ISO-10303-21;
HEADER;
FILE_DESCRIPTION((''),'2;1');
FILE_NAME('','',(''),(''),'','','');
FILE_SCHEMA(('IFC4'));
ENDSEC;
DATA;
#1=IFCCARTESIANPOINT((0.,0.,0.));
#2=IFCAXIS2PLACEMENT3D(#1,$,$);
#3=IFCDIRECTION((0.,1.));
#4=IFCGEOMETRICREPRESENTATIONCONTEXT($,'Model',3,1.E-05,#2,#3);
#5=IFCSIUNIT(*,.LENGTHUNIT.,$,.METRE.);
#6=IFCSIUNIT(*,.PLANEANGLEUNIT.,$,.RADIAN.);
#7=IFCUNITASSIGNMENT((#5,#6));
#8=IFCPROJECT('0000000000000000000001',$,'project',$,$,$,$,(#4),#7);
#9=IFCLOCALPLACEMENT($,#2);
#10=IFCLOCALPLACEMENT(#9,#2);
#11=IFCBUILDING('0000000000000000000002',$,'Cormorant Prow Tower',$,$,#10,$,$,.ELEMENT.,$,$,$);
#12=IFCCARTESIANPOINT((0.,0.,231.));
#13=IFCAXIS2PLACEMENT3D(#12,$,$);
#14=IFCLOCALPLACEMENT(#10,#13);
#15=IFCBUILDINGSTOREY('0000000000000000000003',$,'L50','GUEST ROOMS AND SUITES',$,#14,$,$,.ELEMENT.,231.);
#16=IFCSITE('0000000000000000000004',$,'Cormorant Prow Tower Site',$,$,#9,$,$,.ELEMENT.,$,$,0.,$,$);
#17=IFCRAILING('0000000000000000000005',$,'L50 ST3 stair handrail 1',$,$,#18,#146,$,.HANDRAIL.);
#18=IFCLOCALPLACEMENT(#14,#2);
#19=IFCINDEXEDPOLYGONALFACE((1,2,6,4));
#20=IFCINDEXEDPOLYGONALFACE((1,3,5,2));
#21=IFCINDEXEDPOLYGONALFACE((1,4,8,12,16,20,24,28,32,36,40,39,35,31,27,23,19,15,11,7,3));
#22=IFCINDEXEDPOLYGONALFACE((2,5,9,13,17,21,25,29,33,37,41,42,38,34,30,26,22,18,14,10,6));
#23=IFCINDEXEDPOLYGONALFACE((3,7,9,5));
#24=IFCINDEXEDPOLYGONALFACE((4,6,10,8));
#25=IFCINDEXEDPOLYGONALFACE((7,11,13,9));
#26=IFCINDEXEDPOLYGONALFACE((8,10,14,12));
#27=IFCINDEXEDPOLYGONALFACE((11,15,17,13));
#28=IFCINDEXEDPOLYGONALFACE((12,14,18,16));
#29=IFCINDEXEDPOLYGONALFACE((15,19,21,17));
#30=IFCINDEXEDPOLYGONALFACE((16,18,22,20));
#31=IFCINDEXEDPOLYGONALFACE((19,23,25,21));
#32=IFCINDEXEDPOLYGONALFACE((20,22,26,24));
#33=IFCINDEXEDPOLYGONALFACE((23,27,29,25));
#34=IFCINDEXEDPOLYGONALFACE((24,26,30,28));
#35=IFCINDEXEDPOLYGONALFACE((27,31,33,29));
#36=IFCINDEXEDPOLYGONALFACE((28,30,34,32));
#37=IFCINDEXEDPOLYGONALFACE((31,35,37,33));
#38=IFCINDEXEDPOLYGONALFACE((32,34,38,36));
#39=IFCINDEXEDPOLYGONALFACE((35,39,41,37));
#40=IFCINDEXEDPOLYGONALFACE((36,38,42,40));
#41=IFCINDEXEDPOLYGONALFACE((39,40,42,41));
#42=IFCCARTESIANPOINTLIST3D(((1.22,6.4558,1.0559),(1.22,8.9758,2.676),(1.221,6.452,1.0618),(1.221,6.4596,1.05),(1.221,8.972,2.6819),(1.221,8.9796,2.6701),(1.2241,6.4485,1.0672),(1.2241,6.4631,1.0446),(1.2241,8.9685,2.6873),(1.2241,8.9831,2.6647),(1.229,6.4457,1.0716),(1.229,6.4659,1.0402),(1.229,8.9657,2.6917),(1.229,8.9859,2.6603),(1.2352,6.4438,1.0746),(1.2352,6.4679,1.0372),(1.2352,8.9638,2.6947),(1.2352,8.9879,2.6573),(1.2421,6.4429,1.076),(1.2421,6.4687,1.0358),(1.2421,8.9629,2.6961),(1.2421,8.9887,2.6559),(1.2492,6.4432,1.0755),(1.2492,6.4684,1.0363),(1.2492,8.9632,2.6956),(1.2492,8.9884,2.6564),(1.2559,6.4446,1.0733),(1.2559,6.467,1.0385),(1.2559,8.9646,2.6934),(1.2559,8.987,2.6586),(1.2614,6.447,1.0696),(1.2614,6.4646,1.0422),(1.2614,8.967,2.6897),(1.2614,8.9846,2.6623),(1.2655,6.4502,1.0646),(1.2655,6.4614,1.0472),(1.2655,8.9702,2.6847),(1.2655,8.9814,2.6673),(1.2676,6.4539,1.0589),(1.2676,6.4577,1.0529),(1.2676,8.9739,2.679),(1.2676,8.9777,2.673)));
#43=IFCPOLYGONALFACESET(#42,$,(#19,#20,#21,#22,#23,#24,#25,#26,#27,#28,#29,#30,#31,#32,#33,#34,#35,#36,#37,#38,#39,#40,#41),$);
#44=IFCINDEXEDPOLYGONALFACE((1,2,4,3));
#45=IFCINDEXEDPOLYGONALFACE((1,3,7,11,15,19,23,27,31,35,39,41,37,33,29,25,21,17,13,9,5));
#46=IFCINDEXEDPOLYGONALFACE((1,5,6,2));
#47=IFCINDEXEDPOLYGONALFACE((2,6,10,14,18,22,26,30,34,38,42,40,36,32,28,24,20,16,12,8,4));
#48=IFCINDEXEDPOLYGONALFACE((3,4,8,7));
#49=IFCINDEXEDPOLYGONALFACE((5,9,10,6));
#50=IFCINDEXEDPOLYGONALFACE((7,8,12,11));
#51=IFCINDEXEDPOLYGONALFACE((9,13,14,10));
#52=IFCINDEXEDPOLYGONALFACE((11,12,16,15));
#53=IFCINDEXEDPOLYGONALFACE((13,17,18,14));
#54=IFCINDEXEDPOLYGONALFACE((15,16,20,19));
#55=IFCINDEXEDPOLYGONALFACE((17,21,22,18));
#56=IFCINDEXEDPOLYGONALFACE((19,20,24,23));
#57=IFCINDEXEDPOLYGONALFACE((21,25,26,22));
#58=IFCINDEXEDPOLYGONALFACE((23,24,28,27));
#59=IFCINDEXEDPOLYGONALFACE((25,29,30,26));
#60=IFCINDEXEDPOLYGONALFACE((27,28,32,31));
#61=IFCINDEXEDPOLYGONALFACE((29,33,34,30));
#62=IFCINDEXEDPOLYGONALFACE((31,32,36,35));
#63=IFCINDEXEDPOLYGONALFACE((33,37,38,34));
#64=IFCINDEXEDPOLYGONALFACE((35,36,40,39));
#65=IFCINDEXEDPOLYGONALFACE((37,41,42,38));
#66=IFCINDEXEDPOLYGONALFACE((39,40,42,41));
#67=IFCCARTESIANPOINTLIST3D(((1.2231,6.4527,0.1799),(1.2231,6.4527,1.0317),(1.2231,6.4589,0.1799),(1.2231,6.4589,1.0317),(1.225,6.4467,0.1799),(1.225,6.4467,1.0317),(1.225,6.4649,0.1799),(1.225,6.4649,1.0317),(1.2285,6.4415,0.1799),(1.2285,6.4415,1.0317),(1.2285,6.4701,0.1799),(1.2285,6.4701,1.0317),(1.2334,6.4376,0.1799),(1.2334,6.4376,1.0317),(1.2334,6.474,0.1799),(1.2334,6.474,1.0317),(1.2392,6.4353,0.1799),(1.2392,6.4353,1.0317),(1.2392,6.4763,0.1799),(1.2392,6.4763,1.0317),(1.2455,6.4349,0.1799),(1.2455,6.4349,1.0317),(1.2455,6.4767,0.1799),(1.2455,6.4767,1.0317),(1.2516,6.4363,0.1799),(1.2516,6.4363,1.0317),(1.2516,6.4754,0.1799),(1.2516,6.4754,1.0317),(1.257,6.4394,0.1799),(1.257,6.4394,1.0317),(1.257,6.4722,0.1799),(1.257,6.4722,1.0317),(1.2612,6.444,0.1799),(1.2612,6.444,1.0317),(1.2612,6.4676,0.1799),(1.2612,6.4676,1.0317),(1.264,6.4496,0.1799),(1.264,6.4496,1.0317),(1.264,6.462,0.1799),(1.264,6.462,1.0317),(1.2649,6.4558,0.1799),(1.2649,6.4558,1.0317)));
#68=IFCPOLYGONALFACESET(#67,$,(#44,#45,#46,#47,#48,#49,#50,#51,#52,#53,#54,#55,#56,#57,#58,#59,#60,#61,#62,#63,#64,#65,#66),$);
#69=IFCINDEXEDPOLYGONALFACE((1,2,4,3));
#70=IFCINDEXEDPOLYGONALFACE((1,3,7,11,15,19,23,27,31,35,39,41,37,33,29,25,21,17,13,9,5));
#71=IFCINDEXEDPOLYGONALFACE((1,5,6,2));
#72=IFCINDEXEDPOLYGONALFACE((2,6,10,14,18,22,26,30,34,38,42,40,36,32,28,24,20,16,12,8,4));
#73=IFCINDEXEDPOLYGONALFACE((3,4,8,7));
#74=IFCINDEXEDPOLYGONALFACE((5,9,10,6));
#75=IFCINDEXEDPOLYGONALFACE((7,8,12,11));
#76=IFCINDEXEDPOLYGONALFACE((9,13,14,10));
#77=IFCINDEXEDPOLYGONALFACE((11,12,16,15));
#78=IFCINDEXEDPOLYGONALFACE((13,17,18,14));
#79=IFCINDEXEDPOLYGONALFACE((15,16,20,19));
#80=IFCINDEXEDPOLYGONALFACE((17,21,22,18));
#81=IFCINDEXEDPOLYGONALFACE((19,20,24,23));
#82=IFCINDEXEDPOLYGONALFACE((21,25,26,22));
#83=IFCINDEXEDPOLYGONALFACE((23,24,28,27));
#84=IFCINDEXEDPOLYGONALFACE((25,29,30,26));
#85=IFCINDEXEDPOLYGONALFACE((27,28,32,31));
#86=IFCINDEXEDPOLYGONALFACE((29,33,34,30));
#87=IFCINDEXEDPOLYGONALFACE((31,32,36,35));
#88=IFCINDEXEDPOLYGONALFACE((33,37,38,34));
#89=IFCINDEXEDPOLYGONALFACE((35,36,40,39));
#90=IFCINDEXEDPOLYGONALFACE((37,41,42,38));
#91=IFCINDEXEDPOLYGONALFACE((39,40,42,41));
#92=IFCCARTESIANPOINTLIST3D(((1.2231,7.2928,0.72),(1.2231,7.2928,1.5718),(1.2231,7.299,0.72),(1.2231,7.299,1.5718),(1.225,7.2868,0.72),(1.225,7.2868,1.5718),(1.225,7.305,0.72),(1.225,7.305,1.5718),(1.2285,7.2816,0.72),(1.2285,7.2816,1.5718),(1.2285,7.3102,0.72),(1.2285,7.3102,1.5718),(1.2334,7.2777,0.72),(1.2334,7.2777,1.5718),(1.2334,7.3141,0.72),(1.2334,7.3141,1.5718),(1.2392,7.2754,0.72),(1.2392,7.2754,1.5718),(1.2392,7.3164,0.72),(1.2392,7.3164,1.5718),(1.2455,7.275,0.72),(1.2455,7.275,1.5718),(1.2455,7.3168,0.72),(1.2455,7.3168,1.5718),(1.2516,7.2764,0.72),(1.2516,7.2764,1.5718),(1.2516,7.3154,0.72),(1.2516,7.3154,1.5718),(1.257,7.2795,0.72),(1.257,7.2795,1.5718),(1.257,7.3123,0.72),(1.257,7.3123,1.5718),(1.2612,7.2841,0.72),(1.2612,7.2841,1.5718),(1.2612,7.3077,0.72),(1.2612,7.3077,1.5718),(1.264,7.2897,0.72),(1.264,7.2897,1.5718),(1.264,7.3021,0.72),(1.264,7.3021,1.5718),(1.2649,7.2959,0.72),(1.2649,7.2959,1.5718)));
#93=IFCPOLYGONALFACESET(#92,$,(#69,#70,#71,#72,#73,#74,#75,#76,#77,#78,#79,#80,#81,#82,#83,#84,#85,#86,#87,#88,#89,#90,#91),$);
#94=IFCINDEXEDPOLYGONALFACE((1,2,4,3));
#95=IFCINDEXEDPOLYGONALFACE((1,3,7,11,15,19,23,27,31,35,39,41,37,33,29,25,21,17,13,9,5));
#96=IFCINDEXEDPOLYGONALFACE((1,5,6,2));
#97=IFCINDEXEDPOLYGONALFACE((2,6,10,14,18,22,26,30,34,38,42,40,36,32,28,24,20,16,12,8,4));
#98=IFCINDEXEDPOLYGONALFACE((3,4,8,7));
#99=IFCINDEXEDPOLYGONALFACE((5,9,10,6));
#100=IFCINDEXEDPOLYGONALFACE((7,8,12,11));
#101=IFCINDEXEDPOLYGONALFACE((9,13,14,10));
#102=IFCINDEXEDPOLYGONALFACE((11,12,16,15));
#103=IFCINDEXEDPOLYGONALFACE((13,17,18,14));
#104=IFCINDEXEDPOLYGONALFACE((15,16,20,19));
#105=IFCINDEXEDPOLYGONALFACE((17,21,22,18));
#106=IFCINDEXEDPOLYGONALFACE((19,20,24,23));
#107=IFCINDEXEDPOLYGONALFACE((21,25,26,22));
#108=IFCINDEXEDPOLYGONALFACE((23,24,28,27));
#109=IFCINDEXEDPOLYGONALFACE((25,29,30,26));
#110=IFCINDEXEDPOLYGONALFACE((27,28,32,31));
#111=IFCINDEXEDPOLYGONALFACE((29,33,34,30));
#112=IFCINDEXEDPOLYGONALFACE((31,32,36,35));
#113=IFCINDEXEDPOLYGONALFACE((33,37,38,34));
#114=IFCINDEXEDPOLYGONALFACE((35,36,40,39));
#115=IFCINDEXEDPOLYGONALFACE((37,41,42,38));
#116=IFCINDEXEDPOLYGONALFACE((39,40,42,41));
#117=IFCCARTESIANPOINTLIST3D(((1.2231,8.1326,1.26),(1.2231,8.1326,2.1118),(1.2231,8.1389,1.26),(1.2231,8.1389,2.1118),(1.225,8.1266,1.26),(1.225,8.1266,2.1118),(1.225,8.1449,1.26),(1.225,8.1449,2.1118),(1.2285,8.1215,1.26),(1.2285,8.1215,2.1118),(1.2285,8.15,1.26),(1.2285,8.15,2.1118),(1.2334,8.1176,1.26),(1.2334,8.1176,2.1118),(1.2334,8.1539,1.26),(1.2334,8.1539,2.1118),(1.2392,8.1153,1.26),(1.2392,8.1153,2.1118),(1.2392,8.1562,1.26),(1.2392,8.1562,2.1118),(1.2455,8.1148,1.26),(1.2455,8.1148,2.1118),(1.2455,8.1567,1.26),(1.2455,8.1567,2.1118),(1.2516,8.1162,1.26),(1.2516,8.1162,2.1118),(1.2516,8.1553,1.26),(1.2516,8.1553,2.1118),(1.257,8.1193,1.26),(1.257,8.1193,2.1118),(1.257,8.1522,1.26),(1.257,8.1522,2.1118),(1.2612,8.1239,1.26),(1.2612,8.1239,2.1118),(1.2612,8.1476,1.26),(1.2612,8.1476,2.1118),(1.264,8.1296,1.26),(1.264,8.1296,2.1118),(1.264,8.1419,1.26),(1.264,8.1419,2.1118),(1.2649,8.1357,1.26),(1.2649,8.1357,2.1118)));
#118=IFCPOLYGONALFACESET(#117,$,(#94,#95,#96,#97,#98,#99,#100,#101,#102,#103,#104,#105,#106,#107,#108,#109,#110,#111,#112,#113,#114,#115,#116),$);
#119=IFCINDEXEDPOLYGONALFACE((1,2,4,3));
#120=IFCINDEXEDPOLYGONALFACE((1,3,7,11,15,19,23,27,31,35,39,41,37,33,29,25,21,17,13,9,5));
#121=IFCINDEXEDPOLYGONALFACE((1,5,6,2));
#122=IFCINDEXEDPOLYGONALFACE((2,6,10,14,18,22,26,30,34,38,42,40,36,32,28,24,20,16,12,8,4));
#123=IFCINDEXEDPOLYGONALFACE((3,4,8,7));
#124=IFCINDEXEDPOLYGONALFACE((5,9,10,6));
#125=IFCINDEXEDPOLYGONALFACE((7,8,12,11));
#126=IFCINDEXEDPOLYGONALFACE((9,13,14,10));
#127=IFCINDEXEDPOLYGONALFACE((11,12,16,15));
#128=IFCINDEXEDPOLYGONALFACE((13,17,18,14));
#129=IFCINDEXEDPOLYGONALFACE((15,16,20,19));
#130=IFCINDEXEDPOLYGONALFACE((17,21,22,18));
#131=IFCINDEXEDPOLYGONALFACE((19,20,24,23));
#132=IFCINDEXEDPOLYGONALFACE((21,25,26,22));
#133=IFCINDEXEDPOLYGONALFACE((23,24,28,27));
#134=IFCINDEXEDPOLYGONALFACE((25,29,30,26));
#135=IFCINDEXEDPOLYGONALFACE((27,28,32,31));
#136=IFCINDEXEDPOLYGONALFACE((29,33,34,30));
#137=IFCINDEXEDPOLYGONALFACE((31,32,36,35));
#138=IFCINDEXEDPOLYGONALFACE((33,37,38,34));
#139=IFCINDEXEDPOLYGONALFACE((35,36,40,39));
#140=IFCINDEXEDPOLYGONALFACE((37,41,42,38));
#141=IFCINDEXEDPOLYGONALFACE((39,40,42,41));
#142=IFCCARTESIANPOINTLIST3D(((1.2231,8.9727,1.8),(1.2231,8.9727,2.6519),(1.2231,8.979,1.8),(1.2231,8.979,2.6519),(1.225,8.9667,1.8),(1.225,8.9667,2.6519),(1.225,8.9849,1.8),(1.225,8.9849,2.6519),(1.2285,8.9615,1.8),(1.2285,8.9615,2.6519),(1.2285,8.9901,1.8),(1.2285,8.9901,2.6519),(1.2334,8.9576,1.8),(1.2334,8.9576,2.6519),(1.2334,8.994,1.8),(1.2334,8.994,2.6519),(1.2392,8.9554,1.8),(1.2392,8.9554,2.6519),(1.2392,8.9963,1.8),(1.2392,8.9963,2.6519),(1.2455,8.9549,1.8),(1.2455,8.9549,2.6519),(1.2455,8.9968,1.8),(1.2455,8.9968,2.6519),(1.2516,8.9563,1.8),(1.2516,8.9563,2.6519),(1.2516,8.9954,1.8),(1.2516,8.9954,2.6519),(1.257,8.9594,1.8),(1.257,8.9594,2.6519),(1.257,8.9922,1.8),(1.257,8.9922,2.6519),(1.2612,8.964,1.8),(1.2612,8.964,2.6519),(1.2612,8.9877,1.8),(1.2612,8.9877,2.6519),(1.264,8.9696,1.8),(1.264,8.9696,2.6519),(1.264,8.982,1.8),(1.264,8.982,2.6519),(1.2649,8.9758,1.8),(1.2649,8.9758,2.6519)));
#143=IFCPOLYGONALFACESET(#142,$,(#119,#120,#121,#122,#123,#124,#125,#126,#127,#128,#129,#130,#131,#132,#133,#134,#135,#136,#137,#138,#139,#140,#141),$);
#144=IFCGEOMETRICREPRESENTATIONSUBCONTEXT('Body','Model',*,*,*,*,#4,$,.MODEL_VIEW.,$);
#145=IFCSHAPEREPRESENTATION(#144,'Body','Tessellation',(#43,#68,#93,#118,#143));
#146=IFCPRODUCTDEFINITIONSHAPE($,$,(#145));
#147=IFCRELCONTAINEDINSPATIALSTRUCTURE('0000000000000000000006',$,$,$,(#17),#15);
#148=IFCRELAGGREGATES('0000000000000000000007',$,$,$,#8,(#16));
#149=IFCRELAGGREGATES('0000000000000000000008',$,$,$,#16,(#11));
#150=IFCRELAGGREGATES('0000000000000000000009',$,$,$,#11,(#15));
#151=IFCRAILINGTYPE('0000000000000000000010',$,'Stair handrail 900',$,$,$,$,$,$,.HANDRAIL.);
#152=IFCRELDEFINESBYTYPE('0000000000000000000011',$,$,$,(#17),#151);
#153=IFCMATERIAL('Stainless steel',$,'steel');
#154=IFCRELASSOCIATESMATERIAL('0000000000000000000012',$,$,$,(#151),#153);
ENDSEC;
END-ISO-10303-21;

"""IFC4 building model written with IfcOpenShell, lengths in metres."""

from ifc_helpers import new_model, si_unit, direction, frame, origin, origin_2d, place, context, subcontext, project, spatial, circle, extrude, material, type_object, element, save


model = new_model("IFC4")

# Units and contexts
model_context = context("Model", 3, precision=1e-05, world=origin(), true_north=direction((0.0, 1.0)))
body_context = subcontext(model_context, "Body", "Model", "MODEL_VIEW")
ifc_project = project(units=[si_unit("LENGTHUNIT", "METRE"), si_unit("PLANEANGLEUNIT", "RADIAN")], contexts=[model_context])

# Site, building, storey
site_placement = place(None, origin())
site = spatial("IfcSite", under=ifc_project, at=site_placement, Name="Cormorant Prow Tower Site", CompositionType="ELEMENT", RefElevation=0.0)
building_placement = place(site_placement, origin())
building = spatial("IfcBuilding", under=site, at=building_placement, Name="Cormorant Prow Tower", CompositionType="ELEMENT")
storey_placement = place(building_placement, frame((0.0, 0.0, 231.0)))
storey = spatial("IfcBuildingStorey", under=building, at=storey_placement, Name="L50", Description="GUEST ROOMS AND SUITES", CompositionType="ELEMENT", Elevation=231.0)

# Railing
ifc_material_1 = material(Name="Stainless steel", Category="steel")
railing_type_1 = type_object("IfcRailingType", Name="Stair handrail 900", PredefinedType="HANDRAIL", material=ifc_material_1)
railing_1_placement = place(storey_placement, frame((1.2439, 6.4558, 0.1799)))
element("IfcRailing", 1, at=railing_1_placement, inside=storey, type_object=railing_type_1, Name="L50 ST3 stair handrail 1", PredefinedType="HANDRAIL", context=body_context, shape_type="SweptSolid", body=[
    extrude(circle(Radius=0.0239, at=origin_2d()), frame((0.0, 0.0, 0.876), z_axis=(0.0, 0.841163, 0.540782), x_axis=(-1.0, 0.0, 0.0)), (0.0, 0.0, 1.0), 2.9958),
    extrude(circle(Radius=0.021, at=origin_2d()), origin(), (0.0, 0.0, 1.0), 0.8518),
    extrude(circle(Radius=0.021, at=origin_2d()), frame((0.0, 0.8401, 0.54)), (0.0, 0.0, 1.0), 0.8518),
    extrude(circle(Radius=0.021, at=origin_2d()), frame((0.0, 1.6799, 1.0801)), (0.0, 0.0, 1.0), 0.8518),
    extrude(circle(Radius=0.021, at=origin_2d()), frame((0.0, 2.52, 1.6201)), (0.0, 0.0, 1.0), 0.8518),
])

save(model, "model.ifc")
